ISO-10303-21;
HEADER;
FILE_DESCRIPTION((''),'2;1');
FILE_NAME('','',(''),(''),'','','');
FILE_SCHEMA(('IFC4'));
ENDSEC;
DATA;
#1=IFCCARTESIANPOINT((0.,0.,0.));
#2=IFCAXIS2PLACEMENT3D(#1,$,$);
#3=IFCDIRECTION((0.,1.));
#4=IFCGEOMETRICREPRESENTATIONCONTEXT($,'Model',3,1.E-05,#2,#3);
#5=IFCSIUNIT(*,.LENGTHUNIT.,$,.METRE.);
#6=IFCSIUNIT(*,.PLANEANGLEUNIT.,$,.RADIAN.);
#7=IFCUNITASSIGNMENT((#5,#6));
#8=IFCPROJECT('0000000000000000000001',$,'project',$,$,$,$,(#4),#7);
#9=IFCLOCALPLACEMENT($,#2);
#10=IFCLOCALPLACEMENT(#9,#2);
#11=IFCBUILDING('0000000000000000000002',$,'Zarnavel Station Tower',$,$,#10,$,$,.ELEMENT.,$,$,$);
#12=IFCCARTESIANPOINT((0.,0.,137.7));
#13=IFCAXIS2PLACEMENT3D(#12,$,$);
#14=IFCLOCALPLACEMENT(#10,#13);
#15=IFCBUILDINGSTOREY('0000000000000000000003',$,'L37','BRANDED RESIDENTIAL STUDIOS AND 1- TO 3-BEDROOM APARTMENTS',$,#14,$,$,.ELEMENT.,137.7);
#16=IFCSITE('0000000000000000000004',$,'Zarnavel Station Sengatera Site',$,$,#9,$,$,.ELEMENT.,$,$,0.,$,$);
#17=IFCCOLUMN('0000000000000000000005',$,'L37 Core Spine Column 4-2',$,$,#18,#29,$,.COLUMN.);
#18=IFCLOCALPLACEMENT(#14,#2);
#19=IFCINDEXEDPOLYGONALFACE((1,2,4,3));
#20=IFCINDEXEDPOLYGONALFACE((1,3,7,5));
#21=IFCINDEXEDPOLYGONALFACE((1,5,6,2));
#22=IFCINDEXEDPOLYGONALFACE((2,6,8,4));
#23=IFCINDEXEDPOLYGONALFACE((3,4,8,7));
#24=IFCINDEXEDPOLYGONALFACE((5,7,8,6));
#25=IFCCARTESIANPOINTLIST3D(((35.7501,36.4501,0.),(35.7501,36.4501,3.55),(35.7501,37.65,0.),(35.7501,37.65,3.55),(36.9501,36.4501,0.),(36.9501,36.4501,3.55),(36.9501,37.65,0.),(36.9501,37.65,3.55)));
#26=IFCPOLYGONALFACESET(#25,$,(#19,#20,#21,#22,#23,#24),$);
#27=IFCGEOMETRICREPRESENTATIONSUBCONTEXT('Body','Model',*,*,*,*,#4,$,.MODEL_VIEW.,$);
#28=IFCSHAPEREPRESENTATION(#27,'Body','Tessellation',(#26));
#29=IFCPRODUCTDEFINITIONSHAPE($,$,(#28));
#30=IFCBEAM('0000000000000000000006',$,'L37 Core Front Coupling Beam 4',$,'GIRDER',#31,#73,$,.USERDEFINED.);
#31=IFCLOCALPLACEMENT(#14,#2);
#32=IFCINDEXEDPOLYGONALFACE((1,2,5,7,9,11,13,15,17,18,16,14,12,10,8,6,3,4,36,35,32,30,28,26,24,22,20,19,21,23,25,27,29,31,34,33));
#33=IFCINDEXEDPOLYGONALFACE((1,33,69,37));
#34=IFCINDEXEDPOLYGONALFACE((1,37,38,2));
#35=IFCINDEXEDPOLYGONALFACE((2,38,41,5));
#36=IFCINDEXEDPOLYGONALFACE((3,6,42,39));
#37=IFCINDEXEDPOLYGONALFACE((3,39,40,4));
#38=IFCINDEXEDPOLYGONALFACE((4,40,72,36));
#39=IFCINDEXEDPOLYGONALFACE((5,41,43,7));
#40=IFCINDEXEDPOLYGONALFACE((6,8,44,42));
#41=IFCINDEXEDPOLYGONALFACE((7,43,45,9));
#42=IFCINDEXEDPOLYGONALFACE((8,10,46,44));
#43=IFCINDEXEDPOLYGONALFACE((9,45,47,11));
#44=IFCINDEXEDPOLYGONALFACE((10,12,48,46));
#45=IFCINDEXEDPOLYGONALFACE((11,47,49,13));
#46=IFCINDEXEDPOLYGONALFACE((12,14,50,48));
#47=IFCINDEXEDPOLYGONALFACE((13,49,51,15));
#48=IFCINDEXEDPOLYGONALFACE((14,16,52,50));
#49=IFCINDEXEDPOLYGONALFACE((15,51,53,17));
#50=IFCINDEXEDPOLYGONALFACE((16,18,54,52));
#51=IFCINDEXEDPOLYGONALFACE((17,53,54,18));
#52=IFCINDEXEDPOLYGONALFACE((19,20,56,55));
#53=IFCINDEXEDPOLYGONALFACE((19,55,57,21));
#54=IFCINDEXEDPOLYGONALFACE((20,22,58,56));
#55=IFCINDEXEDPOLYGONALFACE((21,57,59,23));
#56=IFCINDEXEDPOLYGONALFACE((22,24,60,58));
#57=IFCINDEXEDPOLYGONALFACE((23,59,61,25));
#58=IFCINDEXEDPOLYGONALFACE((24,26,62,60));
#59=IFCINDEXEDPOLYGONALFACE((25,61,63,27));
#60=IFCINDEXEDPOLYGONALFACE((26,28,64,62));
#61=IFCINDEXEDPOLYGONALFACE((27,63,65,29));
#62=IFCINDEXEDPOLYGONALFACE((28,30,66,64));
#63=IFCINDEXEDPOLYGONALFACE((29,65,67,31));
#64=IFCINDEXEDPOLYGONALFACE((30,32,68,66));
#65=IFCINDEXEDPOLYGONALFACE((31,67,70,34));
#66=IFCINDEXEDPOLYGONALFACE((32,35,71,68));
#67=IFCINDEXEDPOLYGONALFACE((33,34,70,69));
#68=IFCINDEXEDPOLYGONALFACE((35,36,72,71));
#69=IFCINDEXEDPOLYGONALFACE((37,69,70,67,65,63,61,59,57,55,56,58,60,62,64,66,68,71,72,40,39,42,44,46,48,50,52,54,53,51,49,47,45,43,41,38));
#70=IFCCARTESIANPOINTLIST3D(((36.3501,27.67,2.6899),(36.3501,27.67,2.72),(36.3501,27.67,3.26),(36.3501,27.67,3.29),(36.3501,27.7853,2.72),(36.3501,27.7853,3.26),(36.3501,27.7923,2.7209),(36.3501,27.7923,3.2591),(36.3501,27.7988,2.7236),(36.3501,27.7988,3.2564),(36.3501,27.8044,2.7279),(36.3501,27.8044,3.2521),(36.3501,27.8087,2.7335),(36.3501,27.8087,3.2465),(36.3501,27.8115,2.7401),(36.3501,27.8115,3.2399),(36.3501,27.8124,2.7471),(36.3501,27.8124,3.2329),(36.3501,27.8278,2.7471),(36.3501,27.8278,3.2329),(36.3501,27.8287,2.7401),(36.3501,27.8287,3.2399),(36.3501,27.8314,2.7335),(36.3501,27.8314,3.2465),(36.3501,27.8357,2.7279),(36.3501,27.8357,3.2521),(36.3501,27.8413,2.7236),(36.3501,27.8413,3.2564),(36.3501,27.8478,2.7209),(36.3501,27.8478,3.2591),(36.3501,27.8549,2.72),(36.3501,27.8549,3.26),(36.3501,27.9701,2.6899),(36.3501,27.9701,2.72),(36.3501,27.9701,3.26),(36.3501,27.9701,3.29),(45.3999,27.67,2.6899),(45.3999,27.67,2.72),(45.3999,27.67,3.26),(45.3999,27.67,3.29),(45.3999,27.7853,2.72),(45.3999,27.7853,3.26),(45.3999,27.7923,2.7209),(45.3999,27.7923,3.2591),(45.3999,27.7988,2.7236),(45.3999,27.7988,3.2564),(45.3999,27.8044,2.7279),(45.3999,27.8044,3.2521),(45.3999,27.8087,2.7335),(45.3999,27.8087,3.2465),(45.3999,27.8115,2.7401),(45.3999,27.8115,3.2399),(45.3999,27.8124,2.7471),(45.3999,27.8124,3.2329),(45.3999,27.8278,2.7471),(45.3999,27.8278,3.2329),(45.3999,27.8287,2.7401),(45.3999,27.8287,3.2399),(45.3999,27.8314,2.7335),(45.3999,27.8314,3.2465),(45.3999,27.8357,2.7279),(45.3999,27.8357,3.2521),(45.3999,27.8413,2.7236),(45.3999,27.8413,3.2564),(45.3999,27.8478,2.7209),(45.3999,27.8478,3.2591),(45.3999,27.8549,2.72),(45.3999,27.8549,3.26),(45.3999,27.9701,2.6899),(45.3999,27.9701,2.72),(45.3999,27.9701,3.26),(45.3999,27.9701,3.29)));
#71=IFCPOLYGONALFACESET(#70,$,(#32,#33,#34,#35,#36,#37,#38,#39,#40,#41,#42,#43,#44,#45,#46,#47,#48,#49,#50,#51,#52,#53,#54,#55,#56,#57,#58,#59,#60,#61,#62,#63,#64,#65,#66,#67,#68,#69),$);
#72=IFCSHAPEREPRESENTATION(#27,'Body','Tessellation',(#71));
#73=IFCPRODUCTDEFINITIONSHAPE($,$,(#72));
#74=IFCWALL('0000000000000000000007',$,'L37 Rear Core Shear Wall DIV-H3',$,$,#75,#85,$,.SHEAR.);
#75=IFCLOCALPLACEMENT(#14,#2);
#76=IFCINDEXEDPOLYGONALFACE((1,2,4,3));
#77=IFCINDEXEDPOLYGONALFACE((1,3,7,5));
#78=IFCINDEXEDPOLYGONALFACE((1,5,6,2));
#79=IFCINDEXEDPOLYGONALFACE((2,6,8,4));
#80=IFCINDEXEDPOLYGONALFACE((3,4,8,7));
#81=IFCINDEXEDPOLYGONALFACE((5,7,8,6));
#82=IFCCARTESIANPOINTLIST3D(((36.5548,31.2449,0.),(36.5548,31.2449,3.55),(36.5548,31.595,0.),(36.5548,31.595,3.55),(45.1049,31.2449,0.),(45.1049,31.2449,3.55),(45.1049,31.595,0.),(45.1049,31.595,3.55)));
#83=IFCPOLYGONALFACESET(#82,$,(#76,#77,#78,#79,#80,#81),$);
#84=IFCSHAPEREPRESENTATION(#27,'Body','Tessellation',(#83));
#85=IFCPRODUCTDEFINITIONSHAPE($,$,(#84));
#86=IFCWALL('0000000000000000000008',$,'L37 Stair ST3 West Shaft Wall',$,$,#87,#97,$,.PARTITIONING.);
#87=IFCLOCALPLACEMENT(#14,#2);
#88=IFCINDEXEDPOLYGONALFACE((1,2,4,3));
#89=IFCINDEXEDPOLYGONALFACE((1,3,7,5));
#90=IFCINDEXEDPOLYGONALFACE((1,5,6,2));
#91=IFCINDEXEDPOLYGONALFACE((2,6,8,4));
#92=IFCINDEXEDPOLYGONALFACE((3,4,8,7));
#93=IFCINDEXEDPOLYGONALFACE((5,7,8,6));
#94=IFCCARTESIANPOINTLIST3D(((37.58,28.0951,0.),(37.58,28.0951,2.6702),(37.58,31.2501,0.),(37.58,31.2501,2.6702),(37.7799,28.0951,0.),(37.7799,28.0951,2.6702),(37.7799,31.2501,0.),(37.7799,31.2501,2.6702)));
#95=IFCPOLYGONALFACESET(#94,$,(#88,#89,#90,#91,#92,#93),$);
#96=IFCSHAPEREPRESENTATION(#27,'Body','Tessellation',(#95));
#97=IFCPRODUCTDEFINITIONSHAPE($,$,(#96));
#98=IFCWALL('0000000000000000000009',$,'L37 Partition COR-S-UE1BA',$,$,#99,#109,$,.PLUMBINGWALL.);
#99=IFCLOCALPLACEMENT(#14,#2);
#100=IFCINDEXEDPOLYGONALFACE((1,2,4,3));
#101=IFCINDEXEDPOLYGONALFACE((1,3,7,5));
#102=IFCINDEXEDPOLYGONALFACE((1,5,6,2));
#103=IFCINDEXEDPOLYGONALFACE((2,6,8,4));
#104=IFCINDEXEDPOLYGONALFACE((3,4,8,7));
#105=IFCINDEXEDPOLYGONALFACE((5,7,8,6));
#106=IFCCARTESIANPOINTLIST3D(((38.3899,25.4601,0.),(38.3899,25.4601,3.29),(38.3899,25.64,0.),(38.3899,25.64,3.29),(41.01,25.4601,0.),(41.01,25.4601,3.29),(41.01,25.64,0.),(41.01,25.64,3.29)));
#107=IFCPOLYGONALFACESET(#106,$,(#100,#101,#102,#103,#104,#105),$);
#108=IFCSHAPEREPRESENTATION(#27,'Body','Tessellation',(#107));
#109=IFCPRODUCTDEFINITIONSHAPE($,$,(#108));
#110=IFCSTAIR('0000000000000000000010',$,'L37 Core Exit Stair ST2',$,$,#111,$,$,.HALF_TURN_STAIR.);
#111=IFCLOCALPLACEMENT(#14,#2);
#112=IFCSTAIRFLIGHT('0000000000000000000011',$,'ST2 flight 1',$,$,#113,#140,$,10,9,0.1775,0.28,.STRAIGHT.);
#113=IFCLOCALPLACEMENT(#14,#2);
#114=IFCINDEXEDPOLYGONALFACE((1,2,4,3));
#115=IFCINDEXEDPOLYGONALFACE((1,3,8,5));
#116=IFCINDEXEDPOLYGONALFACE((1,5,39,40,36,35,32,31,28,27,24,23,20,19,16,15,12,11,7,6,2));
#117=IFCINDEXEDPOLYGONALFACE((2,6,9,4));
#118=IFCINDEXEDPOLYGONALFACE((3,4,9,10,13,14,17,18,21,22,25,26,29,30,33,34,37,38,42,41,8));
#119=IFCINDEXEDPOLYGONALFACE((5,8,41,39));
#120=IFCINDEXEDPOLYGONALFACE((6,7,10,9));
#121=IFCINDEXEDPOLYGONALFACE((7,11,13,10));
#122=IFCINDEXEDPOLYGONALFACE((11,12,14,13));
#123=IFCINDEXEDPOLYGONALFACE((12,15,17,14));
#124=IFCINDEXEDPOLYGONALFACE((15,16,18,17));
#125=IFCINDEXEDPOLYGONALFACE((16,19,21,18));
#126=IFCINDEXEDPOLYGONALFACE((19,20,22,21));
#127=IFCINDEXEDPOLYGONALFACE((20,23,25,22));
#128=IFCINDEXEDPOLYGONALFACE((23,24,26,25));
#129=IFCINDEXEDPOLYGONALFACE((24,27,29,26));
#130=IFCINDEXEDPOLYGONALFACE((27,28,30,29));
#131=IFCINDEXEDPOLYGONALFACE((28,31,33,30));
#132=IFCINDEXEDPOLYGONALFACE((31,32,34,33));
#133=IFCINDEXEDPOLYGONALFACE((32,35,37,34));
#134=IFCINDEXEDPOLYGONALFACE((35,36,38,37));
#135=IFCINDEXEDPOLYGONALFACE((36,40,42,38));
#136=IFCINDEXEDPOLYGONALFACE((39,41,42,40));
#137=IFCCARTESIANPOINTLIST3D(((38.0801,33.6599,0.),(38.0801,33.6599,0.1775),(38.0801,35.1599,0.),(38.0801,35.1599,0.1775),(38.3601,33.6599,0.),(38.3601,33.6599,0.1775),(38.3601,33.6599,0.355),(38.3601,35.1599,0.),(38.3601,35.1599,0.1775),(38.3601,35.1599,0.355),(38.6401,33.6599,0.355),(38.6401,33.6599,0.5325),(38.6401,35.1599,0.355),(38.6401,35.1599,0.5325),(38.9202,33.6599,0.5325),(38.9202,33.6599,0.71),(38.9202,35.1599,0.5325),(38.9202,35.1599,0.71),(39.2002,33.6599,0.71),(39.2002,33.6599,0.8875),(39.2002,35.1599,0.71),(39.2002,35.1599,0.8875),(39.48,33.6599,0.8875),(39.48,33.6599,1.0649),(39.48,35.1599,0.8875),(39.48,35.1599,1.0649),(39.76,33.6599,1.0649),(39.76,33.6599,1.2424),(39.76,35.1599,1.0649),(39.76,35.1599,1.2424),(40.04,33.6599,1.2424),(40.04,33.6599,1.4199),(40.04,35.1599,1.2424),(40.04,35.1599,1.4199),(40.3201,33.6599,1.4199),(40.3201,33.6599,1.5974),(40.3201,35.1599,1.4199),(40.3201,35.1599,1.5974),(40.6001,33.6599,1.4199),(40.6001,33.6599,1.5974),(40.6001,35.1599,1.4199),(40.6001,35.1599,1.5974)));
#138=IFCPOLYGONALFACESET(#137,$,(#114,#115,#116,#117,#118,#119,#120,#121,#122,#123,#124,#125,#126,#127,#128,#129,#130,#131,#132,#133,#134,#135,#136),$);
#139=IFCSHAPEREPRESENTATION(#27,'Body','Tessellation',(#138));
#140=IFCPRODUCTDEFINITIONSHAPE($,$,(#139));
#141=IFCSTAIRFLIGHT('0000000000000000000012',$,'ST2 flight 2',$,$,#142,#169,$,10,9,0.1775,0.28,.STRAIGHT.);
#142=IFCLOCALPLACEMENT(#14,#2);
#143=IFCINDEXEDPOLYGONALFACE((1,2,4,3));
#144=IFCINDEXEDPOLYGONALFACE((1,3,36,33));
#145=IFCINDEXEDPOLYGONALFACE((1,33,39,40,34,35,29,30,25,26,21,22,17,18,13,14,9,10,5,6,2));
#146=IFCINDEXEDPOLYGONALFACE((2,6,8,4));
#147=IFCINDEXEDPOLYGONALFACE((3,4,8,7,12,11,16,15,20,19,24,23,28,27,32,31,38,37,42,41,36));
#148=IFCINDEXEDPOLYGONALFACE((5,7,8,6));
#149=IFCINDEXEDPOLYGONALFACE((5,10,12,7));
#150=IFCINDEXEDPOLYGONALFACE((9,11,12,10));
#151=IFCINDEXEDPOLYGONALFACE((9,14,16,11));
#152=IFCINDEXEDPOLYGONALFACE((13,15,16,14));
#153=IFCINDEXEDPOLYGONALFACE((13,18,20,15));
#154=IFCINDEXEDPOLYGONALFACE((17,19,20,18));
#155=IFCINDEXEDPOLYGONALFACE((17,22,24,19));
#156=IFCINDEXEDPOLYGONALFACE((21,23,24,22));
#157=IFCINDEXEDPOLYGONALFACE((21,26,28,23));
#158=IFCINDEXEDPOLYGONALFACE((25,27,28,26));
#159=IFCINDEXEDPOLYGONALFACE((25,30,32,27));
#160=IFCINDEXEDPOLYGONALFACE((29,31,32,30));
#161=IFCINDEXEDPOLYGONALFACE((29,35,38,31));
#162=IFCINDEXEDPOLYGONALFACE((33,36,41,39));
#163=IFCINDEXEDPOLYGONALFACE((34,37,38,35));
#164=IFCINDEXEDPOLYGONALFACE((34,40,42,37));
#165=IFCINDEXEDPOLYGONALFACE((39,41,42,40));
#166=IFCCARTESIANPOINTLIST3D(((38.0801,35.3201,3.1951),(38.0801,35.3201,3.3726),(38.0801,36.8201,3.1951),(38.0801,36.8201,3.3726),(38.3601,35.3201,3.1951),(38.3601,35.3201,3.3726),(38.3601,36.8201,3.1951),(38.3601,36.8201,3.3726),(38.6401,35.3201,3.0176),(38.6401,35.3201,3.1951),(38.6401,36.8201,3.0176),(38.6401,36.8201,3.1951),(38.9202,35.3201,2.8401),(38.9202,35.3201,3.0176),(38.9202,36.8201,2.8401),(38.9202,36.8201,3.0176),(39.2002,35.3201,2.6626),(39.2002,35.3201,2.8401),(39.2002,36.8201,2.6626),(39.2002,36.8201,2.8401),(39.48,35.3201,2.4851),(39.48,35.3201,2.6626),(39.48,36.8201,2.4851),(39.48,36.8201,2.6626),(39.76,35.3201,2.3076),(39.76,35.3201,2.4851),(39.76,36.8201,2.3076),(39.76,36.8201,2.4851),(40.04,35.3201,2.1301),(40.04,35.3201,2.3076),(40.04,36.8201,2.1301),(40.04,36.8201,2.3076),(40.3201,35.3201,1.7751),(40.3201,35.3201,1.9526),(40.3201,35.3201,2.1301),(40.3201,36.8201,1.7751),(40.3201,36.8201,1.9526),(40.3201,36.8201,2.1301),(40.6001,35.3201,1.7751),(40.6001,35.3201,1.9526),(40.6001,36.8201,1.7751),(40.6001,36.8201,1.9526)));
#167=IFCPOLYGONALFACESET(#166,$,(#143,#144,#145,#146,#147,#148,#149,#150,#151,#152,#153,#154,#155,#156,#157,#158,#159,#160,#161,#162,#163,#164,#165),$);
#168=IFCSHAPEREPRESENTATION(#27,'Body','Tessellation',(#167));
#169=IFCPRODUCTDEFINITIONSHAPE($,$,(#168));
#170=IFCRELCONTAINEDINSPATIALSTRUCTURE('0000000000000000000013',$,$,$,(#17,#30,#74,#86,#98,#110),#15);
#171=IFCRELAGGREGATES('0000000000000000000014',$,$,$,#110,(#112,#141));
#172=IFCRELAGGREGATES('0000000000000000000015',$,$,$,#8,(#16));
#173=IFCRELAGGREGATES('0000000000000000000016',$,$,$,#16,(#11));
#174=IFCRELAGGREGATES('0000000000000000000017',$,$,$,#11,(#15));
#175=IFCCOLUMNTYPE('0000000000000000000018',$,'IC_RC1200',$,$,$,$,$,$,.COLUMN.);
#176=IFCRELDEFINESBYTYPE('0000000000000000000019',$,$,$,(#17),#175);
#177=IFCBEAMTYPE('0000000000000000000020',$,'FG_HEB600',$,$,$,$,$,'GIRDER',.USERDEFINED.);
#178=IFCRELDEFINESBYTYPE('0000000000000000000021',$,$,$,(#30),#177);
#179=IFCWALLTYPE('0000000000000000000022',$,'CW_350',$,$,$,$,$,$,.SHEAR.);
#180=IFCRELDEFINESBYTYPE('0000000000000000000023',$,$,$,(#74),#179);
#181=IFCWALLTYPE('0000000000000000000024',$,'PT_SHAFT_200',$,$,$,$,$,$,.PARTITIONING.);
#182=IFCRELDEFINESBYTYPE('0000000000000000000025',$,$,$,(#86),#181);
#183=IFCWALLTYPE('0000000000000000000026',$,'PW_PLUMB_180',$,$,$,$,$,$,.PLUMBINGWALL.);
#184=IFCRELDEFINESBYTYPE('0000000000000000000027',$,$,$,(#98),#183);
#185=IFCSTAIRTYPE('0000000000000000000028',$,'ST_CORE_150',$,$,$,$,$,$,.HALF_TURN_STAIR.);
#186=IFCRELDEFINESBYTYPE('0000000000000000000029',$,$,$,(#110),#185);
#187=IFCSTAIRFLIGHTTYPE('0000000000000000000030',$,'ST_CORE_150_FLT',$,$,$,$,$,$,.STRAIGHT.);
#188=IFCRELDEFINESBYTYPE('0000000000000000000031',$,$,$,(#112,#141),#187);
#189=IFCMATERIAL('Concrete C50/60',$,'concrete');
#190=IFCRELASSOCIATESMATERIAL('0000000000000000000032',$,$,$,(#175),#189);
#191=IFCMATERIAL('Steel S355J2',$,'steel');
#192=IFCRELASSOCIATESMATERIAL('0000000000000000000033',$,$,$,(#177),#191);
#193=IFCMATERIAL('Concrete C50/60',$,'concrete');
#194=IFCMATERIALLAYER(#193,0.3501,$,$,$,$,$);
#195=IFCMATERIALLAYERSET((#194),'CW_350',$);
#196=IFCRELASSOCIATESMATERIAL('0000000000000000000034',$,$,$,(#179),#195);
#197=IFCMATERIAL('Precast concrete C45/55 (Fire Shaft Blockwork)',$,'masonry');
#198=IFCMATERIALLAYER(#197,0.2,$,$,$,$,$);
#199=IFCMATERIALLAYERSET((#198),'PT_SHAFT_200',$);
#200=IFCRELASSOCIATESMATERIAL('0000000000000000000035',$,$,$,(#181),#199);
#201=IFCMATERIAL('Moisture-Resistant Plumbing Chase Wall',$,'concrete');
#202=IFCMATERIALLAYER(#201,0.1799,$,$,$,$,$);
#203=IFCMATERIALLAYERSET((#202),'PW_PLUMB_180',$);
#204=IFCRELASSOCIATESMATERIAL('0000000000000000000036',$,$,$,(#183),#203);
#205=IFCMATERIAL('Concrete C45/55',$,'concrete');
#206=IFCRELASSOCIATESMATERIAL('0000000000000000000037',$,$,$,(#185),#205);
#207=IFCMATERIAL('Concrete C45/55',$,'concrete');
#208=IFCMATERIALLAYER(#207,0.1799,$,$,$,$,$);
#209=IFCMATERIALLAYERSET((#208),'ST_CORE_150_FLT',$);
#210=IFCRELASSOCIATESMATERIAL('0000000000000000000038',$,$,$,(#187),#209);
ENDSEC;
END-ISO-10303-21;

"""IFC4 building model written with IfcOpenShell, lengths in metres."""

from ifc_helpers import new_model, si_unit, direction, frame, frame_2d, origin, origin_2d, place, context, subcontext, project, spatial, polyline, rectangle, i_section, outline, extrude, material, layer, layer_set, material_profile, profile_set, type_object, element, aggregate, save


model = new_model("IFC4")

# Units and contexts
model_context = context("Model", 3, precision=1e-05, world=origin(), true_north=direction((0.0, 1.0)))
body_context = subcontext(model_context, "Body", "Model", "MODEL_VIEW")
ifc_project = project(units=[si_unit("LENGTHUNIT", "METRE"), si_unit("PLANEANGLEUNIT", "RADIAN")], contexts=[model_context])

# Site, building, storey
site_placement = place(None, origin())
site = spatial("IfcSite", under=ifc_project, at=site_placement, Name="Zarnavel Station Sengatera Site", CompositionType="ELEMENT", RefElevation=0.0)
building_placement = place(site_placement, origin())
building = spatial("IfcBuilding", under=site, at=building_placement, Name="Zarnavel Station Tower", CompositionType="ELEMENT")
storey_placement = place(building_placement, frame((0.0, 0.0, 137.7)))
storey = spatial("IfcBuildingStorey", under=building, at=storey_placement, Name="L37", Description="BRANDED RESIDENTIAL STUDIOS AND 1- TO 3-BEDROOM APARTMENTS", CompositionType="ELEMENT", Elevation=137.7)

# Column
ifc_material_1 = material(Name="Concrete C50/60", Category="concrete")
ifc_material_profile_1 = material_profile(ifc_material_1, rectangle(XDim=1.2, YDim=1.2, at=origin_2d()), Name="RC1200x1200")
ifc_profile_set_1 = profile_set([ifc_material_profile_1], Name="Concrete C50/60")
column_type = type_object("IfcColumnType", Name="IC_RC1200", PredefinedType="COLUMN", material=ifc_profile_set_1)
column_placement = place(storey_placement, frame((36.3501, 37.05, 0.0), z_axis=(0.0, 0.0, 1.0), x_axis=(1.0, 0.0, 0.0)))
element("IfcColumn", 1, at=column_placement, inside=storey, type_object=column_type, Name="L37 Core Spine Column 4-2", PredefinedType="COLUMN", context=body_context, shape_type="SweptSolid", body=[
    extrude(rectangle(XDim=1.2, YDim=1.2, at=origin_2d()), origin(), (0.0, 0.0, 1.0), 3.55),
])

# Beam
ifc_material_2 = material(Name="Steel S355J2", Category="steel")
ifc_material_profile_2 = material_profile(ifc_material_2, i_section(OverallWidth=0.3, OverallDepth=0.6001, WebThickness=0.0154, FlangeThickness=0.03, FilletRadius=0.0271, at=origin_2d()), Name="HEB600")
ifc_profile_set_2 = profile_set([ifc_material_profile_2], Name="Steel S355J2")
beam_type = type_object("IfcBeamType", Name="FG_HEB600", ElementType="GIRDER", PredefinedType="USERDEFINED", material=ifc_profile_set_2)
beam_placement = place(storey_placement, frame((36.3501, 27.8201, 2.99), z_axis=(1.0, 0.0, 0.0), x_axis=(0.0, 1.0, 0.0)))
element("IfcBeam", 2, at=beam_placement, inside=storey, type_object=beam_type, Name="L37 Core Front Coupling Beam 4", ObjectType="GIRDER", PredefinedType="USERDEFINED", context=body_context, shape_type="SweptSolid", body=[
    extrude(i_section(OverallWidth=0.3, OverallDepth=0.6001, WebThickness=0.0154, FlangeThickness=0.03, FilletRadius=0.0271, at=origin_2d()), origin(), (0.0, 0.0, 1.0), 9.0498),
])

# Shared definitions
ifc_material_3 = material(Name="Concrete C50/60", Category="concrete")
ifc_layer_1 = layer(ifc_material_3, 0.3501)
ifc_layer_set_1 = layer_set([ifc_layer_1], Name="CW_350")
wall_type_1 = type_object("IfcWallType", Name="CW_350", PredefinedType="SHEAR", material=ifc_layer_set_1)

# Walls
wall_1_placement = place(storey_placement, frame((36.5549, 31.4199, 0.0), z_axis=(0.0, 0.0, 1.0), x_axis=(1.0, 0.0, 0.0)))
element("IfcWall", 3, at=wall_1_placement, inside=storey, type_object=wall_type_1, Name="L37 Rear Core Shear Wall DIV-H3", PredefinedType="SHEAR", context=body_context, shape_type="SweptSolid", body=[
    extrude(rectangle(XDim=8.55, YDim=0.3501, at=frame_2d((4.2749, 0.0))), origin(), (0.0, 0.0, 1.0), 3.55),
])
ifc_material_4 = material(Name="Precast concrete C45/55 (Fire Shaft Blockwork)", Category="masonry")
ifc_layer_2 = layer(ifc_material_4, 0.2)
ifc_layer_set_2 = layer_set([ifc_layer_2], Name="PT_SHAFT_200")
wall_type_2 = type_object("IfcWallType", Name="PT_SHAFT_200", PredefinedType="PARTITIONING", material=ifc_layer_set_2)
wall_2_placement = place(storey_placement, frame((37.6799, 28.095, 0.0), z_axis=(0.0, 0.0, 1.0), x_axis=(0.0, 1.0, 0.0)))
element("IfcWall", 4, at=wall_2_placement, inside=storey, type_object=wall_type_2, Name="L37 Stair ST3 West Shaft Wall", PredefinedType="PARTITIONING", context=body_context, shape_type="SweptSolid", body=[
    extrude(rectangle(XDim=3.155, YDim=0.2, at=frame_2d((1.5776, 0.0))), origin(), (0.0, 0.0, 1.0), 2.6702),
])

# Wall
ifc_material_5 = material(Name="Moisture-Resistant Plumbing Chase Wall", Category="concrete")
ifc_layer_3 = layer(ifc_material_5, 0.1799)
ifc_layer_set_3 = layer_set([ifc_layer_3], Name="PW_PLUMB_180")
wall_type_3 = type_object("IfcWallType", Name="PW_PLUMB_180", PredefinedType="PLUMBINGWALL", material=ifc_layer_set_3)
wall_3_placement = place(storey_placement, frame((38.3899, 25.55, 0.0), z_axis=(0.0, 0.0, 1.0), x_axis=(1.0, 0.0, 0.0)))
element("IfcWall", 5, at=wall_3_placement, inside=storey, type_object=wall_type_3, Name="L37 Partition COR-S-UE1BA", PredefinedType="PLUMBINGWALL", context=body_context, shape_type="SweptSolid", body=[
    extrude(rectangle(XDim=2.6201, YDim=0.1799, at=frame_2d((1.3101, 0.0))), origin(), (0.0, 0.0, 1.0), 3.29),
])

# Stair, stair flights
ifc_material_6 = material(Name="Concrete C45/55", Category="concrete")
stair_type = type_object("IfcStairType", Name="ST_CORE_150", PredefinedType="HALF_TURN_STAIR", material=ifc_material_6)
stair_1_placement = place(storey_placement, origin())
stair_1 = element("IfcStair", 6, at=stair_1_placement, inside=storey, type_object=stair_type, Name="L37 Core Exit Stair ST2", PredefinedType="HALF_TURN_STAIR")
ifc_material_7 = material(Name="Concrete C45/55", Category="concrete")
ifc_layer_4 = layer(ifc_material_7, 0.1799)
ifc_layer_set_4 = layer_set([ifc_layer_4], Name="ST_CORE_150_FLT")
stair_flight_type = type_object("IfcStairFlightType", Name="ST_CORE_150_FLT", PredefinedType="STRAIGHT", material=ifc_layer_set_4)
stair_flight_1_placement = place(storey_placement, frame((38.0801, 34.4099, 0.0), z_axis=(0.0, 0.0, 1.0), x_axis=(1.0, 0.0, 0.0)))
stair_flight_1 = element("IfcStairFlight", 7, at=stair_flight_1_placement, type_object=stair_flight_type, Name="ST2 flight 1", NumberOfRisers=10, NumberOfTreads=9, PredefinedType="STRAIGHT", RiserHeight=0.1775, TreadLength=0.28, context=body_context, shape_type="SweptSolid", body=[
    extrude(outline(polyline([(0.0, 0.0), (0.0, 0.1775), (0.28, 0.1775), (0.28, 0.355), (0.5601, 0.355), (0.5601, 0.5325), (0.8401, 0.5325), (0.8401, 0.71), (1.1201, 0.71), (1.1201, 0.8875), (1.3999, 0.8875), (1.3999, 1.0649), (1.6799, 1.0649), (1.6799, 1.2424), (1.96, 1.2424), (1.96, 1.4199), (2.24, 1.4199), (2.24, 1.5974), (2.52, 1.5974), (2.52, 1.7749), (2.52, 1.4199), (0.28, 0.0), (0.0, 0.0)])), frame((0.0, 0.75, 0.0), z_axis=(0.0, -1.0, 0.0), x_axis=(1.0, 0.0, 0.0)), (0.0, 0.0, 1.0), 1.5),
])
stair_flight_2_placement = place(storey_placement, frame((40.6001, 36.0701, 1.7751), z_axis=(0.0, 0.0, 1.0), x_axis=(-1.0, 0.0, 0.0)))
stair_flight_2 = element("IfcStairFlight", 8, at=stair_flight_2_placement, type_object=stair_flight_type, Name="ST2 flight 2", NumberOfRisers=10, NumberOfTreads=9, PredefinedType="STRAIGHT", RiserHeight=0.1775, TreadLength=0.28, context=body_context, shape_type="SweptSolid", body=[
    extrude(outline(polyline([(0.0, 0.0), (0.0, 0.1775), (0.28, 0.1775), (0.28, 0.355), (0.5601, 0.355), (0.5601, 0.5325), (0.8401, 0.5325), (0.8401, 0.71), (1.1201, 0.71), (1.1201, 0.8875), (1.3999, 0.8875), (1.3999, 1.0649), (1.6799, 1.0649), (1.6799, 1.2424), (1.96, 1.2424), (1.96, 1.4199), (2.24, 1.4199), (2.24, 1.5974), (2.52, 1.5974), (2.52, 1.7749), (2.52, 1.4199), (0.28, 0.0), (0.0, 0.0)])), frame((0.0, 0.75, 0.0), z_axis=(0.0, -1.0, 0.0), x_axis=(1.0, 0.0, 0.0)), (0.0, 0.0, 1.0), 1.5),
])
aggregate(stair_1, [stair_flight_1, stair_flight_2])

save(model, "model.ifc")
